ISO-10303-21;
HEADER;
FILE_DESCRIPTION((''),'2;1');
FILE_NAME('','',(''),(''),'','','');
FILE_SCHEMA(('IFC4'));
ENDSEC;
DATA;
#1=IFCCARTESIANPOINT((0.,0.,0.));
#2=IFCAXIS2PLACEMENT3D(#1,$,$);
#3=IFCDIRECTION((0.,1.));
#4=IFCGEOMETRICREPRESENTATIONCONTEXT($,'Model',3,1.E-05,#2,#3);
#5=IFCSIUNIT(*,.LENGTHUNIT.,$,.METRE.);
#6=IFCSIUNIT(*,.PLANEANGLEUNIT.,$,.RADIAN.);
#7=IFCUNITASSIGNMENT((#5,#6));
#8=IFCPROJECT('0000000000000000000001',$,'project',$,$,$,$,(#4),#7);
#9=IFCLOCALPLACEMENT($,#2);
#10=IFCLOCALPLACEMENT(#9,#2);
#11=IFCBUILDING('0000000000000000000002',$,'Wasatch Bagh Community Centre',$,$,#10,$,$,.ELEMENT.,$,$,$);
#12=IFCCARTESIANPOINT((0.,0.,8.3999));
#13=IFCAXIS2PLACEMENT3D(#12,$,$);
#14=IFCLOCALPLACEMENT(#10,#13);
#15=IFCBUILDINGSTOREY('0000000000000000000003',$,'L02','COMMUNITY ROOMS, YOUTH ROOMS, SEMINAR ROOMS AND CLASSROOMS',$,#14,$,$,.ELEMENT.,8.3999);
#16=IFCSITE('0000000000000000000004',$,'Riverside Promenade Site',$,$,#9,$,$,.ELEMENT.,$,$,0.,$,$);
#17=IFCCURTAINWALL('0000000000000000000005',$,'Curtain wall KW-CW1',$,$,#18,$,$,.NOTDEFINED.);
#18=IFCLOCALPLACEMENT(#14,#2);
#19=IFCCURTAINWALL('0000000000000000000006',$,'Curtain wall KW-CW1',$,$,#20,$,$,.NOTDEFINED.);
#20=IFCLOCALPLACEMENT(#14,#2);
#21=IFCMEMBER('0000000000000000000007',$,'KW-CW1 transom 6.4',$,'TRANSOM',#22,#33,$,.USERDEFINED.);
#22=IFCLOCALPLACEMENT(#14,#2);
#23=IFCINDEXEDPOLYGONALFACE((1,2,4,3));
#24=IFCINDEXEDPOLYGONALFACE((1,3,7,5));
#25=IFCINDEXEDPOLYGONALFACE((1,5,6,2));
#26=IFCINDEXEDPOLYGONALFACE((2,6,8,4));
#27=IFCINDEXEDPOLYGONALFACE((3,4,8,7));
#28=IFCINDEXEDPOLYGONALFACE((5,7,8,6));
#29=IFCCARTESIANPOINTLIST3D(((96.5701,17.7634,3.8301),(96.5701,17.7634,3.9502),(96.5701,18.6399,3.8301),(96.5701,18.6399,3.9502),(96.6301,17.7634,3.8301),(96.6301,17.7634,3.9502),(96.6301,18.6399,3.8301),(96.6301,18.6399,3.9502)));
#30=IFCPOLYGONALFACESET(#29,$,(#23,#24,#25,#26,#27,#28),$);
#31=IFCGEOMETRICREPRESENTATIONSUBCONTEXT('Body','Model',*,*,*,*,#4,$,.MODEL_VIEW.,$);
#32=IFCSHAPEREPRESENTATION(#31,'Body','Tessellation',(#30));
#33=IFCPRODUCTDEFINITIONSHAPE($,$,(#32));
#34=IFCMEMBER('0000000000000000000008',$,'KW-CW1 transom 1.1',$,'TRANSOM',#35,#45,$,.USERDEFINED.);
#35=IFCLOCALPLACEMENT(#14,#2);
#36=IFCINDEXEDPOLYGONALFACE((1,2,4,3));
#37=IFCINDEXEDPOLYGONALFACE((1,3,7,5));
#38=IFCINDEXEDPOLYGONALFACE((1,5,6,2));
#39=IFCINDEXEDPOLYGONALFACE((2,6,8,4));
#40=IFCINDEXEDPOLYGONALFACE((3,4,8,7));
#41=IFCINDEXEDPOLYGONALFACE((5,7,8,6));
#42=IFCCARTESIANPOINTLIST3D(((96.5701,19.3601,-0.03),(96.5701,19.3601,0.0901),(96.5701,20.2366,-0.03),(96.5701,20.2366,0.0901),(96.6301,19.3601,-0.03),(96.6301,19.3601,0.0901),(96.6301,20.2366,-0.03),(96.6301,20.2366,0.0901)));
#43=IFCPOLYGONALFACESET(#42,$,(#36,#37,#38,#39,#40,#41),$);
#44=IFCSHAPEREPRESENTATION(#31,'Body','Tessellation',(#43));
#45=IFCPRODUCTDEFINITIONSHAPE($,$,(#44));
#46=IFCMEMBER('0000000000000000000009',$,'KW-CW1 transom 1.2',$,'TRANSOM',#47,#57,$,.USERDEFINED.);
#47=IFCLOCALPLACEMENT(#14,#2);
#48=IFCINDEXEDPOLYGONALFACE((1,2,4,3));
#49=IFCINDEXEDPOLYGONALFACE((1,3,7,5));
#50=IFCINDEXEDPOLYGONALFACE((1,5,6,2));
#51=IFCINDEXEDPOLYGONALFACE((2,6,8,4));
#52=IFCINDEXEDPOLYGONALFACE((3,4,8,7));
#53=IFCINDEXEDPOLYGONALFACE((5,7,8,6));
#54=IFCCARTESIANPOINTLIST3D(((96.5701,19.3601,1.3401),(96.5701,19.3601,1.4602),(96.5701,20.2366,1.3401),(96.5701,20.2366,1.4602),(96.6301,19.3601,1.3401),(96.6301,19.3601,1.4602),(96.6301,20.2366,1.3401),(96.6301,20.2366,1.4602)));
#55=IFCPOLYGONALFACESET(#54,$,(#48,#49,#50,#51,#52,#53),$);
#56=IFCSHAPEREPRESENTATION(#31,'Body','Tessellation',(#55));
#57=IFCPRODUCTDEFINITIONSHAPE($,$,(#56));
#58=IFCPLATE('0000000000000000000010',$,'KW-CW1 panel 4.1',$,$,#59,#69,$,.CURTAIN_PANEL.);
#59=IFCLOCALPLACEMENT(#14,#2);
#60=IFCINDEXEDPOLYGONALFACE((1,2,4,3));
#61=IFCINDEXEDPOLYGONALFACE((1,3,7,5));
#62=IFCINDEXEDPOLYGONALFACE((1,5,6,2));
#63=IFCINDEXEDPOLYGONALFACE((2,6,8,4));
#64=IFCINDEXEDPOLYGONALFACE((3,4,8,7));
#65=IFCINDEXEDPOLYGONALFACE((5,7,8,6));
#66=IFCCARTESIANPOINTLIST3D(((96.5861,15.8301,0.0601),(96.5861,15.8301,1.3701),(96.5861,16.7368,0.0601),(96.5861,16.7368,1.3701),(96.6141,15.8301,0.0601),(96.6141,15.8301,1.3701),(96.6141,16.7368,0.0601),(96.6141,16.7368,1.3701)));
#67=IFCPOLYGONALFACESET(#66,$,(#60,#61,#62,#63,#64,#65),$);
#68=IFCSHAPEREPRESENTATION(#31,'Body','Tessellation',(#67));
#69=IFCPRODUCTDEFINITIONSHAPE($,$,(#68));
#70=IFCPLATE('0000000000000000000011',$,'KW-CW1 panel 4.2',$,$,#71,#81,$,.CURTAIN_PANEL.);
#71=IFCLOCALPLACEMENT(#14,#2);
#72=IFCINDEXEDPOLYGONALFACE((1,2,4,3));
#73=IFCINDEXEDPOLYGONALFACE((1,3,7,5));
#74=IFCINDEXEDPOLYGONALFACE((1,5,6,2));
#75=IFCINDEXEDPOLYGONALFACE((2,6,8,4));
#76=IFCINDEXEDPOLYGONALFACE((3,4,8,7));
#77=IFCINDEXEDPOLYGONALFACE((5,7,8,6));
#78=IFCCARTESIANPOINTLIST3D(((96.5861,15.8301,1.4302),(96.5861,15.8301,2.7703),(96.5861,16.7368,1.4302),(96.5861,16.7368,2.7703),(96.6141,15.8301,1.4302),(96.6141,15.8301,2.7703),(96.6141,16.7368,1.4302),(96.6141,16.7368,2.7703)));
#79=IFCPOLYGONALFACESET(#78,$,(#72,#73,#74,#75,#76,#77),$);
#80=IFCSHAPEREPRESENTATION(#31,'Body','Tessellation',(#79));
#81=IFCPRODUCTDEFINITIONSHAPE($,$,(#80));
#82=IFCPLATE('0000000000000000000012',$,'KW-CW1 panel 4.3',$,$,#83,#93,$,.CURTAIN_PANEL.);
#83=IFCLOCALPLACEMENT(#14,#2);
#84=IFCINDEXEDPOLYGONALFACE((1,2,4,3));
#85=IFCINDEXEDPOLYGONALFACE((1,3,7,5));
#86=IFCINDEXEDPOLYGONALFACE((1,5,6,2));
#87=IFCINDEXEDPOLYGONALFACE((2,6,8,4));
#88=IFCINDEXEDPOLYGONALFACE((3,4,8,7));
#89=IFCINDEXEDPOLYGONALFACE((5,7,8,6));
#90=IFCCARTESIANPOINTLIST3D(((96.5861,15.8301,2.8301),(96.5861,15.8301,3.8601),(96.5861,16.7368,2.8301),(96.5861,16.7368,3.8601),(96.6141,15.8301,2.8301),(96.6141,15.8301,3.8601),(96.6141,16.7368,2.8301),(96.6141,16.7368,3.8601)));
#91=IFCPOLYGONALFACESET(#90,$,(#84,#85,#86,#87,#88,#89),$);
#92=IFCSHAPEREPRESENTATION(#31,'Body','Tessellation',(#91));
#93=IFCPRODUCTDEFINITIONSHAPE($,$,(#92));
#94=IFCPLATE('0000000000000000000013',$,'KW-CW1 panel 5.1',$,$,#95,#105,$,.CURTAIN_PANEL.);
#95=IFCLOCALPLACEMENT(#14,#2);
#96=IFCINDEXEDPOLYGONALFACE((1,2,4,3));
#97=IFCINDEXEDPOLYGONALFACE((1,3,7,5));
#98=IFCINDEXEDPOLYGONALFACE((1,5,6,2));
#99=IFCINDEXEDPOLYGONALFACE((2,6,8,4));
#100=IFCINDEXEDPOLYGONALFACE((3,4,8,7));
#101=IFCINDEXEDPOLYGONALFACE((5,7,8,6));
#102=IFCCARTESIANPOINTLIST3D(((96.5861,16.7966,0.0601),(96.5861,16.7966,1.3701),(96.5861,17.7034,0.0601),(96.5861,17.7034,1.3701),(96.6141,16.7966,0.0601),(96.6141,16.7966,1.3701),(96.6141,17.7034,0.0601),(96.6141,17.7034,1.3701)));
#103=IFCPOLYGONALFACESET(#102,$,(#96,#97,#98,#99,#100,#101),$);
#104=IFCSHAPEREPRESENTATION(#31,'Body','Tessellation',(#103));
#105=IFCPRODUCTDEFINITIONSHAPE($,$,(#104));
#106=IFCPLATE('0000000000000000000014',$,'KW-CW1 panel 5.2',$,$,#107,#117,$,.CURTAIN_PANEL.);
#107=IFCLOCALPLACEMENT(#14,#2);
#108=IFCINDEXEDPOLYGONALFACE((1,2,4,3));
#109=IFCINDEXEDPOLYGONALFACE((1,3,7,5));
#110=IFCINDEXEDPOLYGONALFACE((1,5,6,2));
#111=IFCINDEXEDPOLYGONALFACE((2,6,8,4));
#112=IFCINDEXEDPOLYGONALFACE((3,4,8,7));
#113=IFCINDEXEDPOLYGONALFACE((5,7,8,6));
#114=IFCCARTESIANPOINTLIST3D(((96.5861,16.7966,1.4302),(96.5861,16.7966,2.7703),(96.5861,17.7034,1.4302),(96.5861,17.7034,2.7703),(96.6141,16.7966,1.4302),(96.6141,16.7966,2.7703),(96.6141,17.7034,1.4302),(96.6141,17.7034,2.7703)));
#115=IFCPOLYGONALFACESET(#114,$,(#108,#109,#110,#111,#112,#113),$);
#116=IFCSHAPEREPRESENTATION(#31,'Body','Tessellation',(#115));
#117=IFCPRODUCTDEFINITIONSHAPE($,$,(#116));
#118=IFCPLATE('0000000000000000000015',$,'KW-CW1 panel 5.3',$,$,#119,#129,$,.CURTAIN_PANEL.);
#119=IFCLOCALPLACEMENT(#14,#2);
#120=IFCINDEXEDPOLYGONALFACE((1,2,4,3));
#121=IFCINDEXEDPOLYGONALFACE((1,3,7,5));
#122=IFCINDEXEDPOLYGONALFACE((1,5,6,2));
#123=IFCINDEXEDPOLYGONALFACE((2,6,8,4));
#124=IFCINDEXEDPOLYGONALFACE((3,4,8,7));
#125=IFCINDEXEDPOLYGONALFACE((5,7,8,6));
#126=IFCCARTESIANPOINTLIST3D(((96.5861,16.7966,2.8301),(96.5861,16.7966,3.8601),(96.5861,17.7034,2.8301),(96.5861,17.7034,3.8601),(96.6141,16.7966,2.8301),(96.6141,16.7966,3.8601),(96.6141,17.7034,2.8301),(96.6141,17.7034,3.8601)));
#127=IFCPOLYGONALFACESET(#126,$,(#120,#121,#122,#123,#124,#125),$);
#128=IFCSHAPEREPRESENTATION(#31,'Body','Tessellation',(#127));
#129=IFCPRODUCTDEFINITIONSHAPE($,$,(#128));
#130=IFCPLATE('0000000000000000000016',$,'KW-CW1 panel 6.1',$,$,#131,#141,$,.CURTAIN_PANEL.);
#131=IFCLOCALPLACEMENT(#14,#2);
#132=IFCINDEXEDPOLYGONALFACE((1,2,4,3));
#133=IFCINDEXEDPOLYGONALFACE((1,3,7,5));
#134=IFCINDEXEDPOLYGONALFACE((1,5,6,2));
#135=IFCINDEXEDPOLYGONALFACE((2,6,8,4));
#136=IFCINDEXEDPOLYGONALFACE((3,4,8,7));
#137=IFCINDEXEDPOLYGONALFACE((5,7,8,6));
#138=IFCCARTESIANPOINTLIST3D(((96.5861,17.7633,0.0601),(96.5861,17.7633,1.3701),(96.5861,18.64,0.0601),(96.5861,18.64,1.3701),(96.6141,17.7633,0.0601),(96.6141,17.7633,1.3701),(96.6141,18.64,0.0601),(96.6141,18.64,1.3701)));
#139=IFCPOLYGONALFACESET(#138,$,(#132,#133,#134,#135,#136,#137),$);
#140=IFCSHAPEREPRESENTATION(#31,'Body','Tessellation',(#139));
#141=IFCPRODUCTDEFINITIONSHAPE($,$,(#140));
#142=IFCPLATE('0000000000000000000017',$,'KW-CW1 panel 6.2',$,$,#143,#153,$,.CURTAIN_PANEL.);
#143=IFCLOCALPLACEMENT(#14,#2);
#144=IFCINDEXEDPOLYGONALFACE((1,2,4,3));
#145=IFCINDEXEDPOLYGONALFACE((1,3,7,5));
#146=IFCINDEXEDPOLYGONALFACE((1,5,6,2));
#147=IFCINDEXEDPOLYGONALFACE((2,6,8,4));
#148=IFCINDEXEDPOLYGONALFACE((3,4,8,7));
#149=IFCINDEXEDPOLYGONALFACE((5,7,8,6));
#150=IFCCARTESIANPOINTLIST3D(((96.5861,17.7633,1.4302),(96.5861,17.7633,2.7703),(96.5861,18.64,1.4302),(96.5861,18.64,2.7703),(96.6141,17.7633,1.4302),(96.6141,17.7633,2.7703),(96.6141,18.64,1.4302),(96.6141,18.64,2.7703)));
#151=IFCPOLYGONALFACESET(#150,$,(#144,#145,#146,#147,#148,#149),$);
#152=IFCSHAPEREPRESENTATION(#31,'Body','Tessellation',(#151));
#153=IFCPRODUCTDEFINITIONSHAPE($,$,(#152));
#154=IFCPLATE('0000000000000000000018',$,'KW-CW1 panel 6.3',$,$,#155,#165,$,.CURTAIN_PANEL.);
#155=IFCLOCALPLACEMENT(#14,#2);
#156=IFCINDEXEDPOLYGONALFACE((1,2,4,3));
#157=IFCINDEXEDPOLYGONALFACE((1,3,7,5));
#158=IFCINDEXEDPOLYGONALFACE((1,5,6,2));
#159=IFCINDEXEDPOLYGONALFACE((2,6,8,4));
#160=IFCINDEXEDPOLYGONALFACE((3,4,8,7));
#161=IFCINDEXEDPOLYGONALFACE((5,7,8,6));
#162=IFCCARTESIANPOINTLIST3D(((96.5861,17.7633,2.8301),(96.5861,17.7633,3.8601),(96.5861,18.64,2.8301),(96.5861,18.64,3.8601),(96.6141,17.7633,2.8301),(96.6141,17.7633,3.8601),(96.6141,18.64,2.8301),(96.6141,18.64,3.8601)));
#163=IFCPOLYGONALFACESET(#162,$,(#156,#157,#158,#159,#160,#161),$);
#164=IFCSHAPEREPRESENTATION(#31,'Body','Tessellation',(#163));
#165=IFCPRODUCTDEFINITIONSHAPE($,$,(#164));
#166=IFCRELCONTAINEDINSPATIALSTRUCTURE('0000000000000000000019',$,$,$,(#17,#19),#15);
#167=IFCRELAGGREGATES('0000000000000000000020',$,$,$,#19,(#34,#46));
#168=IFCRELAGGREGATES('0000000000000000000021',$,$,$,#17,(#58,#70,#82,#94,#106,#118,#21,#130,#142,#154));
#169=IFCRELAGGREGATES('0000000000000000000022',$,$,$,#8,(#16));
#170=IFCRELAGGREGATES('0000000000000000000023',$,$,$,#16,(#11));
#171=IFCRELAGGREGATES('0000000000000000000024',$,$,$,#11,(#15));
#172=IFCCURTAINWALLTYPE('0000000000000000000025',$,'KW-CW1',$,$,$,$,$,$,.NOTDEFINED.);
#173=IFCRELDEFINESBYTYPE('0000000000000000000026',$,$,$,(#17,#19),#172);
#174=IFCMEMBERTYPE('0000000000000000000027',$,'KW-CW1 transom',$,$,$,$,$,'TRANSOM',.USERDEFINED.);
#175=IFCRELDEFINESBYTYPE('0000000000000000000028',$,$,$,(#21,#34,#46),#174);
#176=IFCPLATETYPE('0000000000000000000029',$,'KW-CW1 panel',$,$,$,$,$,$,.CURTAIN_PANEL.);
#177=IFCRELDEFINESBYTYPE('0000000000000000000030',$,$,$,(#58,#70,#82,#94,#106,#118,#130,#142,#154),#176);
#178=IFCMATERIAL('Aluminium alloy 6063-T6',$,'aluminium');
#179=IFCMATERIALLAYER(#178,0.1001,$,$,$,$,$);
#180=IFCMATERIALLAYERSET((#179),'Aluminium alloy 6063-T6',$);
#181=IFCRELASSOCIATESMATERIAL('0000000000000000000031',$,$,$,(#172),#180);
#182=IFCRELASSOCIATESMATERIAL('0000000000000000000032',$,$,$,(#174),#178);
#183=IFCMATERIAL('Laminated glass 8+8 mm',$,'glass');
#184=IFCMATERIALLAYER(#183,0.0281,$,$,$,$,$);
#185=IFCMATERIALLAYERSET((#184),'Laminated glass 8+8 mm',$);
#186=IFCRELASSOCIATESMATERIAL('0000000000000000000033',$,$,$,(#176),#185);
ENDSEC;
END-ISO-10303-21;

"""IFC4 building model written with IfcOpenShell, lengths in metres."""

from ifc_helpers import new_model, si_unit, direction, frame, origin, origin_2d, place, context, subcontext, project, spatial, rectangle, extrude, material, layer, layer_set, material_profile, profile_set, type_object, element, aggregate, save


model = new_model("IFC4")

# Units and contexts
model_context = context("Model", 3, precision=1e-05, world=origin(), true_north=direction((0.0, 1.0)))
body_context = subcontext(model_context, "Body", "Model", "MODEL_VIEW")
ifc_project = project(units=[si_unit("LENGTHUNIT", "METRE"), si_unit("PLANEANGLEUNIT", "RADIAN")], contexts=[model_context])

# Site, building, storey
site_placement = place(None, origin())
site = spatial("IfcSite", under=ifc_project, at=site_placement, Name="Riverside Promenade Site", CompositionType="ELEMENT", RefElevation=0.0)
building_placement = place(site_placement, origin())
building = spatial("IfcBuilding", under=site, at=building_placement, Name="Wasatch Bagh Community Centre", CompositionType="ELEMENT")
storey_placement = place(building_placement, frame((0.0, 0.0, 8.3999)))
storey = spatial("IfcBuildingStorey", under=building, at=storey_placement, Name="L02", Description="COMMUNITY ROOMS, YOUTH ROOMS, SEMINAR ROOMS AND CLASSROOMS", CompositionType="ELEMENT", Elevation=8.3999)

# Curtain wall
ifc_material_1 = material(Name="Aluminium alloy 6063-T6", Category="aluminium")
ifc_layer_1 = layer(ifc_material_1, 0.1001)
ifc_layer_set_1 = layer_set([ifc_layer_1], Name="Aluminium alloy 6063-T6")
curtain_wall_type = type_object("IfcCurtainWallType", Name="KW-CW1", PredefinedType="NOTDEFINED", material=ifc_layer_set_1)
curtain_wall_1_placement = place(storey_placement, origin())
curtain_wall_1 = element("IfcCurtainWall", 1, at=curtain_wall_1_placement, inside=storey, type_object=curtain_wall_type, Name="Curtain wall KW-CW1", PredefinedType="NOTDEFINED")

# Curtain wall
curtain_wall_2_placement = place(storey_placement, origin())
curtain_wall_2 = element("IfcCurtainWall", 2, at=curtain_wall_2_placement, inside=storey, type_object=curtain_wall_type, Name="Curtain wall KW-CW1", PredefinedType="NOTDEFINED")

# Members
ifc_material_profile_1 = material_profile(ifc_material_1, rectangle(XDim=0.0601, YDim=0.1201, at=origin_2d()), Name="AL 60x120")
ifc_profile_set_1 = profile_set([ifc_material_profile_1], Name="Aluminium alloy 6063-T6")
member_type_1 = type_object("IfcMemberType", Name="KW-CW1 transom", ElementType="TRANSOM", PredefinedType="USERDEFINED", material=ifc_profile_set_1)
member_1_placement = place(storey_placement, frame((96.6001, 17.7634, 3.8901), z_axis=(0.0, 1.0, 0.0), x_axis=(-1.0, 0.0, 0.0)))
member_1 = element("IfcMember", 3, at=member_1_placement, type_object=member_type_1, Name="KW-CW1 transom 6.4", ObjectType="TRANSOM", PredefinedType="USERDEFINED", context=body_context, shape_type="SweptSolid", body=[
    extrude(rectangle(XDim=0.0601, YDim=0.1201, at=origin_2d()), origin(), (0.0, 0.0, 1.0), 0.8765),
])
member_2_placement = place(storey_placement, frame((96.6001, 19.3601, 0.03), z_axis=(0.0, 1.0, 0.0), x_axis=(-1.0, 0.0, 0.0)))
member_2 = element("IfcMember", 4, at=member_2_placement, type_object=member_type_1, Name="KW-CW1 transom 1.1", ObjectType="TRANSOM", PredefinedType="USERDEFINED", context=body_context, shape_type="SweptSolid", body=[
    extrude(rectangle(XDim=0.0601, YDim=0.1201, at=origin_2d()), origin(), (0.0, 0.0, 1.0), 0.8765),
])
member_3_placement = place(storey_placement, frame((96.6001, 19.3601, 1.4001), z_axis=(0.0, 1.0, 0.0), x_axis=(-1.0, 0.0, 0.0)))
member_3 = element("IfcMember", 5, at=member_3_placement, type_object=member_type_1, Name="KW-CW1 transom 1.2", ObjectType="TRANSOM", PredefinedType="USERDEFINED", context=body_context, shape_type="SweptSolid", body=[
    extrude(rectangle(XDim=0.0601, YDim=0.1201, at=origin_2d()), origin(), (0.0, 0.0, 1.0), 0.8765),
])
aggregate(curtain_wall_2, [member_2, member_3])

# Plates
ifc_material_2 = material(Name="Laminated glass 8+8 mm", Category="glass")
ifc_layer_2 = layer(ifc_material_2, 0.0281)
ifc_layer_set_2 = layer_set([ifc_layer_2], Name="Laminated glass 8+8 mm")
plate_type = type_object("IfcPlateType", Name="KW-CW1 panel", PredefinedType="CURTAIN_PANEL", material=ifc_layer_set_2)
plate_1_placement = place(storey_placement, frame((96.6001, 16.2834, 0.0601), z_axis=(0.0, 0.0, 1.0), x_axis=(0.0, 1.0, 0.0)))
plate_1 = element("IfcPlate", 6, at=plate_1_placement, type_object=plate_type, Name="KW-CW1 panel 4.1", PredefinedType="CURTAIN_PANEL", context=body_context, shape_type="SweptSolid", body=[
    extrude(rectangle(XDim=0.9067, YDim=0.0281, at=origin_2d()), origin(), (0.0, 0.0, 1.0), 1.3101),
])
plate_2_placement = place(storey_placement, frame((96.6001, 16.2834, 1.4302), z_axis=(0.0, 0.0, 1.0), x_axis=(0.0, 1.0, 0.0)))
plate_2 = element("IfcPlate", 7, at=plate_2_placement, type_object=plate_type, Name="KW-CW1 panel 4.2", PredefinedType="CURTAIN_PANEL", context=body_context, shape_type="SweptSolid", body=[
    extrude(rectangle(XDim=0.9067, YDim=0.0281, at=origin_2d()), origin(), (0.0, 0.0, 1.0), 1.3401),
])
plate_3_placement = place(storey_placement, frame((96.6001, 16.2834, 2.8301), z_axis=(0.0, 0.0, 1.0), x_axis=(0.0, 1.0, 0.0)))
plate_3 = element("IfcPlate", 8, at=plate_3_placement, type_object=plate_type, Name="KW-CW1 panel 4.3", PredefinedType="CURTAIN_PANEL", context=body_context, shape_type="SweptSolid", body=[
    extrude(rectangle(XDim=0.9067, YDim=0.0281, at=origin_2d()), origin(), (0.0, 0.0, 1.0), 1.03),
])
plate_4_placement = place(storey_placement, frame((96.6001, 17.25, 0.0601), z_axis=(0.0, 0.0, 1.0), x_axis=(0.0, 1.0, 0.0)))
plate_4 = element("IfcPlate", 9, at=plate_4_placement, type_object=plate_type, Name="KW-CW1 panel 5.1", PredefinedType="CURTAIN_PANEL", context=body_context, shape_type="SweptSolid", body=[
    extrude(rectangle(XDim=0.9067, YDim=0.0281, at=origin_2d()), origin(), (0.0, 0.0, 1.0), 1.3101),
])
plate_5_placement = place(storey_placement, frame((96.6001, 17.25, 1.4302), z_axis=(0.0, 0.0, 1.0), x_axis=(0.0, 1.0, 0.0)))
plate_5 = element("IfcPlate", 10, at=plate_5_placement, type_object=plate_type, Name="KW-CW1 panel 5.2", PredefinedType="CURTAIN_PANEL", context=body_context, shape_type="SweptSolid", body=[
    extrude(rectangle(XDim=0.9067, YDim=0.0281, at=origin_2d()), origin(), (0.0, 0.0, 1.0), 1.3401),
])
plate_6_placement = place(storey_placement, frame((96.6001, 17.25, 2.8301), z_axis=(0.0, 0.0, 1.0), x_axis=(0.0, 1.0, 0.0)))
plate_6 = element("IfcPlate", 11, at=plate_6_placement, type_object=plate_type, Name="KW-CW1 panel 5.3", PredefinedType="CURTAIN_PANEL", context=body_context, shape_type="SweptSolid", body=[
    extrude(rectangle(XDim=0.9067, YDim=0.0281, at=origin_2d()), origin(), (0.0, 0.0, 1.0), 1.03),
])
plate_7_placement = place(storey_placement, frame((96.6001, 18.2017, 0.0601), z_axis=(0.0, 0.0, 1.0), x_axis=(0.0, 1.0, 0.0)))
plate_7 = element("IfcPlate", 12, at=plate_7_placement, type_object=plate_type, Name="KW-CW1 panel 6.1", PredefinedType="CURTAIN_PANEL", context=body_context, shape_type="SweptSolid", body=[
    extrude(rectangle(XDim=0.8767, YDim=0.0281, at=origin_2d()), origin(), (0.0, 0.0, 1.0), 1.3101),
])
plate_8_placement = place(storey_placement, frame((96.6001, 18.2017, 1.4302), z_axis=(0.0, 0.0, 1.0), x_axis=(0.0, 1.0, 0.0)))
plate_8 = element("IfcPlate", 13, at=plate_8_placement, type_object=plate_type, Name="KW-CW1 panel 6.2", PredefinedType="CURTAIN_PANEL", context=body_context, shape_type="SweptSolid", body=[
    extrude(rectangle(XDim=0.8767, YDim=0.0281, at=origin_2d()), origin(), (0.0, 0.0, 1.0), 1.3401),
])
plate_9_placement = place(storey_placement, frame((96.6001, 18.2017, 2.8301), z_axis=(0.0, 0.0, 1.0), x_axis=(0.0, 1.0, 0.0)))
plate_9 = element("IfcPlate", 14, at=plate_9_placement, type_object=plate_type, Name="KW-CW1 panel 6.3", PredefinedType="CURTAIN_PANEL", context=body_context, shape_type="SweptSolid", body=[
    extrude(rectangle(XDim=0.8767, YDim=0.0281, at=origin_2d()), origin(), (0.0, 0.0, 1.0), 1.03),
])
aggregate(curtain_wall_1, [plate_1, plate_2, plate_3, plate_4, plate_5, plate_6, member_1, plate_7, plate_8, plate_9])

save(model, "model.ifc")
